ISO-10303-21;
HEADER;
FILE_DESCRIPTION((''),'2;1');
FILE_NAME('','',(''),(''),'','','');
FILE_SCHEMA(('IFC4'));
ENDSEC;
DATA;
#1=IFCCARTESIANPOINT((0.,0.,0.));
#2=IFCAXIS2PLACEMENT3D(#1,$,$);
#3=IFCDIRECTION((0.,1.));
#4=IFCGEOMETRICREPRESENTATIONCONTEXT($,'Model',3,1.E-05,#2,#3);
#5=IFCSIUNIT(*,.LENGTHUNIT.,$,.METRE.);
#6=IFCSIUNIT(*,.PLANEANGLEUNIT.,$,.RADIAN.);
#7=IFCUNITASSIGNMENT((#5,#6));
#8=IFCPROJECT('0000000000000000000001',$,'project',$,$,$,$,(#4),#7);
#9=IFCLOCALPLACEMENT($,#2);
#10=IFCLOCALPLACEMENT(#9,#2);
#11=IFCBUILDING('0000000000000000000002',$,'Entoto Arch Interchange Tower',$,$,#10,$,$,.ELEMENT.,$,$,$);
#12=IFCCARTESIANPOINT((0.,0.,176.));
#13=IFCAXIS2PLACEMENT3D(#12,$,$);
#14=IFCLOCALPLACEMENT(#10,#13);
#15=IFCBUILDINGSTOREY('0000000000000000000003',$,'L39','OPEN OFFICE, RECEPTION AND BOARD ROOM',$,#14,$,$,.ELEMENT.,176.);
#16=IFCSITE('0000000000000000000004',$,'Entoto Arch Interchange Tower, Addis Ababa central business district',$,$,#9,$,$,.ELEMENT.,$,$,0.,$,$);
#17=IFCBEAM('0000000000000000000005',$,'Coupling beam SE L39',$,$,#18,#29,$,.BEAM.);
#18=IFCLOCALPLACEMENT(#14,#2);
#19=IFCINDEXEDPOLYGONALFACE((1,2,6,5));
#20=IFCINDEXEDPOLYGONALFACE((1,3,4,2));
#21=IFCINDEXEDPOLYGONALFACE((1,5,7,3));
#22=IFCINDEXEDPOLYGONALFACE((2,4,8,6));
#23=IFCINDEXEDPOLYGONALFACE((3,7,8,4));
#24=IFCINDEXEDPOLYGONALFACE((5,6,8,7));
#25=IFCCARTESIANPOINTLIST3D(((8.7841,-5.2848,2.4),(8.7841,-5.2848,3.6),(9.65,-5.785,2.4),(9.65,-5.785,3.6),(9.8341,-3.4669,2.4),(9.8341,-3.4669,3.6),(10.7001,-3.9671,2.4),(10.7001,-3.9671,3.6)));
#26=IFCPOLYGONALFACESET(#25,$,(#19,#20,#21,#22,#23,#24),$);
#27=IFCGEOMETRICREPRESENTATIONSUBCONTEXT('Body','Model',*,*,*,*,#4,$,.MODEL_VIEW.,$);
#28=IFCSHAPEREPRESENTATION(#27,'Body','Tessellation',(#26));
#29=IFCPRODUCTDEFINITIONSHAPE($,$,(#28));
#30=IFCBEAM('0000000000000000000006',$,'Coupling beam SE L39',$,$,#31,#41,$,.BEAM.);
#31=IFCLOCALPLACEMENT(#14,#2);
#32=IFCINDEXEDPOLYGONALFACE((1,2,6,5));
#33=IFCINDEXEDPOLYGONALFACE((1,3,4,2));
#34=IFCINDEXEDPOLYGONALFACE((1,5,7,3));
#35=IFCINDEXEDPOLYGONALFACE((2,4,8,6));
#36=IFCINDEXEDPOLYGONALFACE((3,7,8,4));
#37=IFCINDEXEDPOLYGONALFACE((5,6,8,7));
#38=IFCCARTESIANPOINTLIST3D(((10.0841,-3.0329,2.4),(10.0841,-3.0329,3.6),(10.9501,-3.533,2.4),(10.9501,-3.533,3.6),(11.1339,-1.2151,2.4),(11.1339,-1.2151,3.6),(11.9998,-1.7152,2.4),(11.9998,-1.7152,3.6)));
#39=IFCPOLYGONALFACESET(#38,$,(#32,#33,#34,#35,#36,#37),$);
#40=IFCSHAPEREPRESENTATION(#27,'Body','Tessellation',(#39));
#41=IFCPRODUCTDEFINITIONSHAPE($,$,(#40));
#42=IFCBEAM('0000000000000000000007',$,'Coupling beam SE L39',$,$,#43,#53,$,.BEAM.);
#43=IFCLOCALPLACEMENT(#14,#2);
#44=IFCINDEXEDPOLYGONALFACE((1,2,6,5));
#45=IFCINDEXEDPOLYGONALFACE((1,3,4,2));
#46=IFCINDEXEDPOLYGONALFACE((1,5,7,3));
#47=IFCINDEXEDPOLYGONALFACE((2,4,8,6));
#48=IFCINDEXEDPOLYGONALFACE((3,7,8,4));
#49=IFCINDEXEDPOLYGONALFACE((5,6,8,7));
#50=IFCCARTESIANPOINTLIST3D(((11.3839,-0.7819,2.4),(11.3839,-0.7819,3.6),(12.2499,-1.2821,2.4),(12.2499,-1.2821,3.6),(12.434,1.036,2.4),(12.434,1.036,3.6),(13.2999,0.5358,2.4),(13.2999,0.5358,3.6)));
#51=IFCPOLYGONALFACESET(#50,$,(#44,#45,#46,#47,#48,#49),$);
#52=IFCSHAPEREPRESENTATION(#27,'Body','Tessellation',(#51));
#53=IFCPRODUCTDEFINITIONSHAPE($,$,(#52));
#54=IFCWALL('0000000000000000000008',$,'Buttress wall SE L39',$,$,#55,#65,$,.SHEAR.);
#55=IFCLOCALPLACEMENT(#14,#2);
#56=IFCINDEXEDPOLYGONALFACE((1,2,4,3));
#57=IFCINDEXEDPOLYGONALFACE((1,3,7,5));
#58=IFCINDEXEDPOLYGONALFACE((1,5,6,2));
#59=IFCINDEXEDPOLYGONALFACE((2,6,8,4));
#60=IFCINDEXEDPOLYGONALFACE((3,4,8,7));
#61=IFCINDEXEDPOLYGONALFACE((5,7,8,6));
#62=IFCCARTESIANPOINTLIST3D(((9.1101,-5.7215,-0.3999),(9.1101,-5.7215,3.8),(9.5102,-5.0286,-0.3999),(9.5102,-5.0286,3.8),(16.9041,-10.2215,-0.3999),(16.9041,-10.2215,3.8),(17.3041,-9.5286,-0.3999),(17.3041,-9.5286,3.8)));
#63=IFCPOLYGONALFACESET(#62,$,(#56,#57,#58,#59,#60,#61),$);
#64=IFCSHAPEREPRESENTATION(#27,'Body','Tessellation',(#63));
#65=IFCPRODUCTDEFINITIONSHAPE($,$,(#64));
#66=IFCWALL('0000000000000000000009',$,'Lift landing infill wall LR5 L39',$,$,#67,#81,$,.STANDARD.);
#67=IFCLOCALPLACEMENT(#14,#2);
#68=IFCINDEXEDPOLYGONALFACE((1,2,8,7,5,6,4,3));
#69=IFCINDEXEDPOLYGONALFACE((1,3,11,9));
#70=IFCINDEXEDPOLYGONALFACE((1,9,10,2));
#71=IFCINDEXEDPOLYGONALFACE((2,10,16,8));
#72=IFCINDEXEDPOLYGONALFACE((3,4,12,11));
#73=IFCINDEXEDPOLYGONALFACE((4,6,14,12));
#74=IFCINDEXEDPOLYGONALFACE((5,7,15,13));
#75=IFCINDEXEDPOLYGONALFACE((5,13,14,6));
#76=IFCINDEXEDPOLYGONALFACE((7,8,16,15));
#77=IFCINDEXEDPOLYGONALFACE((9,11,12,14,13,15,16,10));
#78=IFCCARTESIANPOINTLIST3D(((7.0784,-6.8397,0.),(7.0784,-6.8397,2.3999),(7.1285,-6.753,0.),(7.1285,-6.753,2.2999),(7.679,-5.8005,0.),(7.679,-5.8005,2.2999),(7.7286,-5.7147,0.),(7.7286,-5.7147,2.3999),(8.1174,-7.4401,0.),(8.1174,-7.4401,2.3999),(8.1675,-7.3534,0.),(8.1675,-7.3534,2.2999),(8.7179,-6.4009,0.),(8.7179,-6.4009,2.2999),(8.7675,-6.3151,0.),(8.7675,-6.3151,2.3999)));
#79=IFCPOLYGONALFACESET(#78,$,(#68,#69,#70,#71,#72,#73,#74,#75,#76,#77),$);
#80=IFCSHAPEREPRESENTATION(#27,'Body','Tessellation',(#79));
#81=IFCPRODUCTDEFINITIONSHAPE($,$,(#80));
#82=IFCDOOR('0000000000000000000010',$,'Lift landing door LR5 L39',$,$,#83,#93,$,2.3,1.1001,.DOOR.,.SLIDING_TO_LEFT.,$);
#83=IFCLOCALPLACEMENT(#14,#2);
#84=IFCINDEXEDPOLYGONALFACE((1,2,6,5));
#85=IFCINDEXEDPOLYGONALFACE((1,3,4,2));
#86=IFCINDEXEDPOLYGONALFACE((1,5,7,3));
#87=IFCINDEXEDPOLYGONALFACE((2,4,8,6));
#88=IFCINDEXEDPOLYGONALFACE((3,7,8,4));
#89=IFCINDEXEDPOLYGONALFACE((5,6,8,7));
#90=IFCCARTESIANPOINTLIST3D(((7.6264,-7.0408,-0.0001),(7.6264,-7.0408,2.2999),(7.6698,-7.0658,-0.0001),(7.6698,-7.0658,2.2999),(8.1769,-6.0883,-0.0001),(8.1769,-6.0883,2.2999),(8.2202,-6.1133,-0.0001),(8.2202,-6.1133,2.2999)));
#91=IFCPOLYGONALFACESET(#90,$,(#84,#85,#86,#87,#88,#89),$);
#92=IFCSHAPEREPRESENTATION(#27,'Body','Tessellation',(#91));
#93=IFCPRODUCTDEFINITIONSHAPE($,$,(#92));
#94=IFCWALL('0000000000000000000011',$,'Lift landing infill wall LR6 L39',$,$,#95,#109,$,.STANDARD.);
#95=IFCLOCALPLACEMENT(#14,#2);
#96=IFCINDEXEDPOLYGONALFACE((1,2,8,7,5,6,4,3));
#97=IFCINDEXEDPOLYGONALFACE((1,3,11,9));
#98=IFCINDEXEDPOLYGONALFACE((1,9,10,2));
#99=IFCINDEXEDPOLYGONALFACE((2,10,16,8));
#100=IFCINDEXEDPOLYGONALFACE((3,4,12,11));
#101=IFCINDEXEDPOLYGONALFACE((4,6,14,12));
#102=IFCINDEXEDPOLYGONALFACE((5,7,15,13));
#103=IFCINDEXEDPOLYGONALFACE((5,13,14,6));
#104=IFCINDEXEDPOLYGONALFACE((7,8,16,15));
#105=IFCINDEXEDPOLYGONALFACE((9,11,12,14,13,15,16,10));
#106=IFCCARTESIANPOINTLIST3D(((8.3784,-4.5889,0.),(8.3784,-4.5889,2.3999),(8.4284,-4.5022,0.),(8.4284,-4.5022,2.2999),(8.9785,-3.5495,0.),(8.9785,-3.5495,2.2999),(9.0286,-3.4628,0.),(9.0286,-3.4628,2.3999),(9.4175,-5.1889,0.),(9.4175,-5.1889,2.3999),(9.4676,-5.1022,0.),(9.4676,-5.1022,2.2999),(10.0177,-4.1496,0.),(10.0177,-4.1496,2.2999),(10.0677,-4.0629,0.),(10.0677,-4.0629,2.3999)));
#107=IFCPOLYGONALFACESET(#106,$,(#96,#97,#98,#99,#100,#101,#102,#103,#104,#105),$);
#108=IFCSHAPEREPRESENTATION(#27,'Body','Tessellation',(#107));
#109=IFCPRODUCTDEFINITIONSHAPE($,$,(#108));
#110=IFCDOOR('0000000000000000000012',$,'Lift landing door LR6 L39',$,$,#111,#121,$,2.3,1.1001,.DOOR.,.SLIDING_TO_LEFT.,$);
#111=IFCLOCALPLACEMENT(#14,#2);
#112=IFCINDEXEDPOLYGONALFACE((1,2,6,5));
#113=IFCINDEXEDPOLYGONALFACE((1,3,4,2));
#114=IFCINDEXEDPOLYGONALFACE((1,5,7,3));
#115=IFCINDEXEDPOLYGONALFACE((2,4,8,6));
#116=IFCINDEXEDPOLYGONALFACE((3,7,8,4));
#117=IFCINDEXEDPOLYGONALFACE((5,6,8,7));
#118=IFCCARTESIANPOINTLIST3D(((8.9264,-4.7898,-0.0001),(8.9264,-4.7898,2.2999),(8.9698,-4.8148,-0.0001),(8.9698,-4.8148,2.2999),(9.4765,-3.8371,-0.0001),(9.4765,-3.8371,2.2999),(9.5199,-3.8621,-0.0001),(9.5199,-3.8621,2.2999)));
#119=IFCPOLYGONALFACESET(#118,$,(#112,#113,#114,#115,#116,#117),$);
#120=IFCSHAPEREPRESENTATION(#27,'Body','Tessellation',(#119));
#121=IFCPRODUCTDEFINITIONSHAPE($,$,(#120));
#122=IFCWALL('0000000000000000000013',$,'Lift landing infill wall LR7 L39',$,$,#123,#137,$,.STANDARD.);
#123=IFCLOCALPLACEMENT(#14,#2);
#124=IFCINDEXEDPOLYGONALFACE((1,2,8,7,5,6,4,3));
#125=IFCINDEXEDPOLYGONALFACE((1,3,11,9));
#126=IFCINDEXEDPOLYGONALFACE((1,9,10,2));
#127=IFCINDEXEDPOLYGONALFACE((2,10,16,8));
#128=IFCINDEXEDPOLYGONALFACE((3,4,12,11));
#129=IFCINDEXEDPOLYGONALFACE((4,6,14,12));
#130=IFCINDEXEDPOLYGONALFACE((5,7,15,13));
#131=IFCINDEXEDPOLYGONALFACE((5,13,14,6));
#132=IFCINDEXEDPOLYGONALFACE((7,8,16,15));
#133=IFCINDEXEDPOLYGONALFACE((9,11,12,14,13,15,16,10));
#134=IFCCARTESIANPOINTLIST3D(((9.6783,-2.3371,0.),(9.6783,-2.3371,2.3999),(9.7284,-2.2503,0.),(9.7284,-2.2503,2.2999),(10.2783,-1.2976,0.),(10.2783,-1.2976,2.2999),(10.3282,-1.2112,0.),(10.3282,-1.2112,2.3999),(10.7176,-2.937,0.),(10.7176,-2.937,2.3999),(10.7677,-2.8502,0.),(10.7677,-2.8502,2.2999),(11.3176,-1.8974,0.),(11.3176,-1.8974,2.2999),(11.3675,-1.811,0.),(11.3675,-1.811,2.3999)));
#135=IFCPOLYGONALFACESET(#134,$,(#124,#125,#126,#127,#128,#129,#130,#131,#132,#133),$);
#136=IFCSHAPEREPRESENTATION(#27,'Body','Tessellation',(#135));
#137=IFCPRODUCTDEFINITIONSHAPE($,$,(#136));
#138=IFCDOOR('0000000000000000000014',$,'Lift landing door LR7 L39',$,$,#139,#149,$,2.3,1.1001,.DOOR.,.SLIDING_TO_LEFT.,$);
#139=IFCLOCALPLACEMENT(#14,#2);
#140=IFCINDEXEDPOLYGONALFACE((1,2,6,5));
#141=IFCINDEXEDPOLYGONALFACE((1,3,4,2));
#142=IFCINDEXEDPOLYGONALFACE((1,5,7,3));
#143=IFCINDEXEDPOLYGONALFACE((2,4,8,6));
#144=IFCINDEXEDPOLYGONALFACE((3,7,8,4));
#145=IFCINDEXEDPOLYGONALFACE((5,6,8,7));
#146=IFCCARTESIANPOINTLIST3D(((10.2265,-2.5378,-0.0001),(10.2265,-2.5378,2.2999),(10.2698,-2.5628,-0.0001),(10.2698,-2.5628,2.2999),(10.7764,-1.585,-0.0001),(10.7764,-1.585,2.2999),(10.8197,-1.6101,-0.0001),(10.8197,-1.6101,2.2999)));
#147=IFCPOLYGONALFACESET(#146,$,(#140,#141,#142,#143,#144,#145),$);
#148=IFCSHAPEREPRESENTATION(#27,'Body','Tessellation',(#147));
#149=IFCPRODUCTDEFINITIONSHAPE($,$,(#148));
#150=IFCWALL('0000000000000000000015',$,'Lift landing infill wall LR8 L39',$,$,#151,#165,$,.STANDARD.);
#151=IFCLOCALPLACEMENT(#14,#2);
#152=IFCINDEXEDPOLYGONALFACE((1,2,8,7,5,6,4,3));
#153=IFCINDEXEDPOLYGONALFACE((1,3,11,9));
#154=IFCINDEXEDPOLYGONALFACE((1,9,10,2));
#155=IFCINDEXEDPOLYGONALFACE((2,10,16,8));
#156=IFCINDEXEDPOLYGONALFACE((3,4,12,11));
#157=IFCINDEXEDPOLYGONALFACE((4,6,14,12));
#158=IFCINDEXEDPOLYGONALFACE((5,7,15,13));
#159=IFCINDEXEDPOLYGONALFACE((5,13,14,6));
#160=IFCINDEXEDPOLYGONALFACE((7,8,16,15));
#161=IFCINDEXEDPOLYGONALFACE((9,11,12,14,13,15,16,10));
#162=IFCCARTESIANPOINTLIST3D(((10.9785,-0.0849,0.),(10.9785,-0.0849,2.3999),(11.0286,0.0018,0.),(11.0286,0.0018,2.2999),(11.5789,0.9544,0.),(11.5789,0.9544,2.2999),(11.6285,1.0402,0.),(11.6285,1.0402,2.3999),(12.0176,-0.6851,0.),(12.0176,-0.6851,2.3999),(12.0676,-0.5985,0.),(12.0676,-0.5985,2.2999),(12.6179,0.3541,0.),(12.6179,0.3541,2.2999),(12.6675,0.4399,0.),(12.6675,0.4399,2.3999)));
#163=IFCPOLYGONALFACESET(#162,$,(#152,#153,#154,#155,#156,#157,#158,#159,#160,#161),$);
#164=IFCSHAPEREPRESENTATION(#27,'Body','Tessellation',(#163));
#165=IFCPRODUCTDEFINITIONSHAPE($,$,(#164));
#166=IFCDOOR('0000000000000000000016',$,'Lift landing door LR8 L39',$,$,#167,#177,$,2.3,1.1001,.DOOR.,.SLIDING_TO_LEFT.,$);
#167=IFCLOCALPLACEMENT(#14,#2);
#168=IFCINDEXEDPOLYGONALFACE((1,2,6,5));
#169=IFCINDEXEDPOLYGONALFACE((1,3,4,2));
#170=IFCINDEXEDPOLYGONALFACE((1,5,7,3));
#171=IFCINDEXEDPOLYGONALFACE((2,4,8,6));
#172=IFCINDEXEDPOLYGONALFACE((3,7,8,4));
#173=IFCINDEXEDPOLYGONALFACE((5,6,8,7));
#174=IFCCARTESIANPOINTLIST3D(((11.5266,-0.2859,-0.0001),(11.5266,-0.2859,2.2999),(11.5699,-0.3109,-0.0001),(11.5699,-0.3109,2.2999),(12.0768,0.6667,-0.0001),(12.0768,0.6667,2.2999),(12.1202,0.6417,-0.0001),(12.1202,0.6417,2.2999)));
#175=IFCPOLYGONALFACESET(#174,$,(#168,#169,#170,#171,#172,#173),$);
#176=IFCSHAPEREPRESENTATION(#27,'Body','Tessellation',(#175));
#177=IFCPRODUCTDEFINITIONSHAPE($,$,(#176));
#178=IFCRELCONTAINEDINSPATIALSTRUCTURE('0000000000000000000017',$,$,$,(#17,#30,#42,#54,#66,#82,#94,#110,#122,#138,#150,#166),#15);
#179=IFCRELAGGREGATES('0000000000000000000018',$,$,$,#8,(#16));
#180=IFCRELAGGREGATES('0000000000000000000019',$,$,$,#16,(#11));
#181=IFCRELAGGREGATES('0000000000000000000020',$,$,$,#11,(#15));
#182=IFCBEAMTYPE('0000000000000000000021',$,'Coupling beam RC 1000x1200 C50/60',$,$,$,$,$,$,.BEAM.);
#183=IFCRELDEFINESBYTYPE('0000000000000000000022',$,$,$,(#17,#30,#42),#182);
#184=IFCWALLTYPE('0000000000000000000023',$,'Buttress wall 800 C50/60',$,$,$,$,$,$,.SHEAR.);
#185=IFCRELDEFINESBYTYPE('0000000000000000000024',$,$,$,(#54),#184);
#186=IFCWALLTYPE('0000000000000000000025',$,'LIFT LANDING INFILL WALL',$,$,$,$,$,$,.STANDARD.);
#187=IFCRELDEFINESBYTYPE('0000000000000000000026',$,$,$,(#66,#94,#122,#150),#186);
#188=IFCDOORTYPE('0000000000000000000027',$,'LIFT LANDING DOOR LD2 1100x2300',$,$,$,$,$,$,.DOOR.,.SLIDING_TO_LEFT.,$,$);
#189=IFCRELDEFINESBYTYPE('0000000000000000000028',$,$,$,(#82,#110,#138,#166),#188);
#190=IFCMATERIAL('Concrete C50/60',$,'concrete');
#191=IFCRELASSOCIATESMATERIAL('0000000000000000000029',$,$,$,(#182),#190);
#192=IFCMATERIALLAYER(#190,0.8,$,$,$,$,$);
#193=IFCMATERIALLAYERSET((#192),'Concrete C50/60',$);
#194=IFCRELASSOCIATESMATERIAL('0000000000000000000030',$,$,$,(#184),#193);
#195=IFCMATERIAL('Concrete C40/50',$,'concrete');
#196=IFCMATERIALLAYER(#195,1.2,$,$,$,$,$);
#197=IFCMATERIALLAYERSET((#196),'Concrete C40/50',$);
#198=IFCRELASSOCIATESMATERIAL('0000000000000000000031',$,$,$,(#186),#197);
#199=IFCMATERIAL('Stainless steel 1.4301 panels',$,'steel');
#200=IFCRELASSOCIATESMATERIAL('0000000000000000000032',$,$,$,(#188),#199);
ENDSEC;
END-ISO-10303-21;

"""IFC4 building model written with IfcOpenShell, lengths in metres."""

from ifc_helpers import new_model, si_unit, direction, frame, frame_2d, origin, origin_2d, place, context, subcontext, project, spatial, rectangle, extrude, material, layer, layer_set, material_profile, profile_set, type_object, element, fill, save


model = new_model("IFC4")

# Units and contexts
model_context = context("Model", 3, precision=1e-05, world=origin(), true_north=direction((0.0, 1.0)))
body_context = subcontext(model_context, "Body", "Model", "MODEL_VIEW")
ifc_project = project(units=[si_unit("LENGTHUNIT", "METRE"), si_unit("PLANEANGLEUNIT", "RADIAN")], contexts=[model_context])

# Site, building, storey
site_placement = place(None, origin())
site = spatial("IfcSite", under=ifc_project, at=site_placement, Name="Entoto Arch Interchange Tower, Addis Ababa central business district", CompositionType="ELEMENT", RefElevation=0.0)
building_placement = place(site_placement, origin())
building = spatial("IfcBuilding", under=site, at=building_placement, Name="Entoto Arch Interchange Tower", CompositionType="ELEMENT")
storey_placement = place(building_placement, frame((0.0, 0.0, 176.0)))
storey = spatial("IfcBuildingStorey", under=building, at=storey_placement, Name="L39", Description="OPEN OFFICE, RECEPTION AND BOARD ROOM", CompositionType="ELEMENT", Elevation=176.0)

# Beams
ifc_material_1 = material(Name="Concrete C50/60", Category="concrete")
ifc_material_profile = material_profile(ifc_material_1, rectangle(XDim=1.0, YDim=1.2, at=origin_2d()))
ifc_profile_set = profile_set([ifc_material_profile], Name="Concrete C50/60")
beam_type = type_object("IfcBeamType", Name="Coupling beam RC 1000x1200 C50/60", PredefinedType="BEAM", material=ifc_profile_set)
beam_1_placement = place(storey_placement, frame((9.217, -5.5349, 3.0), z_axis=(0.500179, 0.865922, 0.0), x_axis=(-0.865922, 0.500179, 0.0)))
element("IfcBeam", 1, at=beam_1_placement, inside=storey, type_object=beam_type, Name="Coupling beam SE L39", PredefinedType="BEAM", context=body_context, shape_type="SweptSolid", body=[
    extrude(rectangle(XDim=1.0, YDim=1.2, at=origin_2d()), origin(), (0.0, 0.0, 1.0), 2.0994),
])
beam_2_placement = place(storey_placement, frame((10.5171, -3.283, 3.0), z_axis=(0.500092, 0.865973, 0.0), x_axis=(-0.865973, 0.500092, 0.0)))
element("IfcBeam", 2, at=beam_2_placement, inside=storey, type_object=beam_type, Name="Coupling beam SE L39", PredefinedType="BEAM", context=body_context, shape_type="SweptSolid", body=[
    extrude(rectangle(XDim=1.0, YDim=1.2, at=origin_2d()), origin(), (0.0, 0.0, 1.0), 2.0991),
])
beam_3_placement = place(storey_placement, frame((11.8169, -1.032, 3.0), z_axis=(0.500179, 0.865922, 0.0), x_axis=(-0.865922, 0.500179, 0.0)))
element("IfcBeam", 3, at=beam_3_placement, inside=storey, type_object=beam_type, Name="Coupling beam SE L39", PredefinedType="BEAM", context=body_context, shape_type="SweptSolid", body=[
    extrude(rectangle(XDim=1.0, YDim=1.2, at=origin_2d()), origin(), (0.0, 0.0, 1.0), 2.0994),
])

# Wall
ifc_layer_1 = layer(ifc_material_1, 0.8)
ifc_layer_set_1 = layer_set([ifc_layer_1], Name="Concrete C50/60")
wall_type_1 = type_object("IfcWallType", Name="Buttress wall 800 C50/60", PredefinedType="SHEAR", material=ifc_layer_set_1)
wall_1_placement = place(storey_placement, frame((9.3101, -5.375, -0.3999), z_axis=(0.0, 0.0, 1.0), x_axis=(0.866018, -0.500014, 0.0)))
element("IfcWall", 4, at=wall_1_placement, inside=storey, type_object=wall_type_1, Name="Buttress wall SE L39", PredefinedType="SHEAR", context=body_context, shape_type="SweptSolid", body=[
    extrude(rectangle(XDim=8.9998, YDim=0.8, at=frame_2d((4.5, 0.0))), origin(), (0.0, 0.0, 1.0), 4.2),
])

# Walls, openings, doors
ifc_material_2 = material(Name="Concrete C40/50", Category="concrete")
ifc_layer_2 = layer(ifc_material_2, 1.2)
ifc_layer_set_2 = layer_set([ifc_layer_2], Name="Concrete C40/50")
wall_type_2 = type_object("IfcWallType", Name="LIFT LANDING INFILL WALL", PredefinedType="STANDARD", material=ifc_layer_set_2)
wall_2_placement = place(storey_placement, frame((7.5979, -7.1399, 0.0), z_axis=(0.0, 0.0, 1.0), x_axis=(0.500362, 0.865816, 0.0)))
wall_2 = element("IfcWall", 5, at=wall_2_placement, inside=storey, type_object=wall_type_2, Name="Lift landing infill wall LR5 L39", PredefinedType="STANDARD", context=body_context, shape_type="SweptSolid", body=[
    extrude(rectangle(XDim=1.2993, YDim=1.2, at=frame_2d((0.6497, 0.0))), origin(), (0.0, 0.0, 1.0), 2.3999),
])
opening_1_placement = place(wall_2_placement, frame((0.1001, 0.0, 0.0)))
opening_1 = element("IfcOpeningElement", 6, at=opening_1_placement, cuts=wall_2, PredefinedType="OPENING", context=body_context, shape_type="SweptSolid", body=[
    extrude(rectangle(XDim=1.1001, YDim=2.3, at=frame_2d((0.55, 1.1499))), frame((0.0, 0.6099, 0.0), z_axis=(0.0, -1.0, 0.0), x_axis=(1.0, 0.0, 0.0)), (0.0, 0.0, 1.0), 1.22),
])
ifc_material_3 = material(Name="Stainless steel 1.4301 panels", Category="steel")
door_type_1 = type_object("IfcDoorType", Name="LIFT LANDING DOOR LD2 1100x2300", OperationType="SLIDING_TO_LEFT", PredefinedType="DOOR", material=ifc_material_3)
door_1_placement = place(opening_1_placement, origin())
door_1 = element("IfcDoor", 7, at=door_1_placement, inside=storey, type_object=door_type_1, Name="Lift landing door LR5 L39", OperationType="SLIDING_TO_LEFT", OverallHeight=2.3, OverallWidth=1.1001, PredefinedType="DOOR", context=body_context, shape_type="SweptSolid", body=[
    extrude(rectangle(XDim=1.1001, YDim=2.3, at=frame_2d((0.55, 1.1499))), frame((0.0, 0.0249, 0.0), z_axis=(0.0, -1.0, 0.0), x_axis=(1.0, 0.0, 0.0)), (0.0, 0.0, 1.0), 0.05),
])
fill(opening_1, door_1)
wall_3_placement = place(storey_placement, frame((8.8979, -4.8889, 0.0), z_axis=(0.0, 0.0, 1.0), x_axis=(0.500037, 0.866004, 0.0)))
wall_3 = element("IfcWall", 8, at=wall_3_placement, inside=storey, type_object=wall_type_2, Name="Lift landing infill wall LR6 L39", PredefinedType="STANDARD", context=body_context, shape_type="SweptSolid", body=[
    extrude(rectangle(XDim=1.3003, YDim=1.2, at=frame_2d((0.6501, 0.0))), origin(), (0.0, 0.0, 1.0), 2.3999),
])
opening_2_placement = place(wall_3_placement, frame((0.1001, 0.0, 0.0)))
opening_2 = element("IfcOpeningElement", 9, at=opening_2_placement, cuts=wall_3, PredefinedType="OPENING", context=body_context, shape_type="SweptSolid", body=[
    extrude(rectangle(XDim=1.1001, YDim=2.3, at=frame_2d((0.55, 1.1499))), frame((0.0, 0.6099, 0.0), z_axis=(0.0, -1.0, 0.0), x_axis=(1.0, 0.0, 0.0)), (0.0, 0.0, 1.0), 1.22),
])
door_2_placement = place(opening_2_placement, origin())
door_2 = element("IfcDoor", 10, at=door_2_placement, inside=storey, type_object=door_type_1, Name="Lift landing door LR6 L39", OperationType="SLIDING_TO_LEFT", OverallHeight=2.3, OverallWidth=1.1001, PredefinedType="DOOR", context=body_context, shape_type="SweptSolid", body=[
    extrude(rectangle(XDim=1.1001, YDim=2.3, at=frame_2d((0.55, 1.1499))), frame((0.0, 0.0249, 0.0), z_axis=(0.0, -1.0, 0.0), x_axis=(1.0, 0.0, 0.0)), (0.0, 0.0, 1.0), 0.05),
])
fill(opening_2, door_2)
wall_4_placement = place(storey_placement, frame((10.198, -2.637, 0.0), z_axis=(0.0, 0.0, 1.0), x_axis=(0.499896, 0.866086, 0.0)))
wall_4 = element("IfcWall", 11, at=wall_4_placement, inside=storey, type_object=wall_type_2, Name="Lift landing infill wall LR7 L39", PredefinedType="STANDARD", context=body_context, shape_type="SweptSolid", body=[
    extrude(rectangle(XDim=1.3, YDim=1.2, at=frame_2d((0.6499, 0.0))), origin(), (0.0, 0.0, 1.0), 2.3999),
])
opening_3_placement = place(wall_4_placement, frame((0.1001, 0.0, 0.0)))
opening_3 = element("IfcOpeningElement", 12, at=opening_3_placement, cuts=wall_4, PredefinedType="OPENING", context=body_context, shape_type="SweptSolid", body=[
    extrude(rectangle(XDim=1.1001, YDim=2.3, at=frame_2d((0.55, 1.1499))), frame((0.0, 0.6099, 0.0), z_axis=(0.0, -1.0, 0.0), x_axis=(1.0, 0.0, 0.0)), (0.0, 0.0, 1.0), 1.22),
])
door_3_placement = place(opening_3_placement, origin())
door_3 = element("IfcDoor", 13, at=door_3_placement, inside=storey, type_object=door_type_1, Name="Lift landing door LR7 L39", OperationType="SLIDING_TO_LEFT", OverallHeight=2.3, OverallWidth=1.1001, PredefinedType="DOOR", context=body_context, shape_type="SweptSolid", body=[
    extrude(rectangle(XDim=1.1001, YDim=2.3, at=frame_2d((0.55, 1.1499))), frame((0.0, 0.0249, 0.0), z_axis=(0.0, -1.0, 0.0), x_axis=(1.0, 0.0, 0.0)), (0.0, 0.0, 1.0), 0.05),
])
fill(opening_3, door_3)
wall_5_placement = place(storey_placement, frame((11.498, -0.385, 0.0), z_axis=(0.0, 0.0, 1.0), x_axis=(0.500221, 0.865898, 0.0)))
wall_5 = element("IfcWall", 14, at=wall_5_placement, inside=storey, type_object=wall_type_2, Name="Lift landing infill wall LR8 L39", PredefinedType="STANDARD", context=body_context, shape_type="SweptSolid", body=[
    extrude(rectangle(XDim=1.2993, YDim=1.2, at=frame_2d((0.6497, 0.0))), origin(), (0.0, 0.0, 1.0), 2.3999),
])
opening_4_placement = place(wall_5_placement, frame((0.1001, 0.0, 0.0)))
opening_4 = element("IfcOpeningElement", 15, at=opening_4_placement, cuts=wall_5, PredefinedType="OPENING", context=body_context, shape_type="SweptSolid", body=[
    extrude(rectangle(XDim=1.1001, YDim=2.3, at=frame_2d((0.55, 1.1499))), frame((0.0, 0.6099, 0.0), z_axis=(0.0, -1.0, 0.0), x_axis=(1.0, 0.0, 0.0)), (0.0, 0.0, 1.0), 1.22),
])
door_4_placement = place(opening_4_placement, origin())
door_4 = element("IfcDoor", 16, at=door_4_placement, inside=storey, type_object=door_type_1, Name="Lift landing door LR8 L39", OperationType="SLIDING_TO_LEFT", OverallHeight=2.3, OverallWidth=1.1001, PredefinedType="DOOR", context=body_context, shape_type="SweptSolid", body=[
    extrude(rectangle(XDim=1.1001, YDim=2.3, at=frame_2d((0.55, 1.1499))), frame((0.0, 0.0249, 0.0), z_axis=(0.0, -1.0, 0.0), x_axis=(1.0, 0.0, 0.0)), (0.0, 0.0, 1.0), 0.05),
])
fill(opening_4, door_4)

save(model, "model.ifc")
